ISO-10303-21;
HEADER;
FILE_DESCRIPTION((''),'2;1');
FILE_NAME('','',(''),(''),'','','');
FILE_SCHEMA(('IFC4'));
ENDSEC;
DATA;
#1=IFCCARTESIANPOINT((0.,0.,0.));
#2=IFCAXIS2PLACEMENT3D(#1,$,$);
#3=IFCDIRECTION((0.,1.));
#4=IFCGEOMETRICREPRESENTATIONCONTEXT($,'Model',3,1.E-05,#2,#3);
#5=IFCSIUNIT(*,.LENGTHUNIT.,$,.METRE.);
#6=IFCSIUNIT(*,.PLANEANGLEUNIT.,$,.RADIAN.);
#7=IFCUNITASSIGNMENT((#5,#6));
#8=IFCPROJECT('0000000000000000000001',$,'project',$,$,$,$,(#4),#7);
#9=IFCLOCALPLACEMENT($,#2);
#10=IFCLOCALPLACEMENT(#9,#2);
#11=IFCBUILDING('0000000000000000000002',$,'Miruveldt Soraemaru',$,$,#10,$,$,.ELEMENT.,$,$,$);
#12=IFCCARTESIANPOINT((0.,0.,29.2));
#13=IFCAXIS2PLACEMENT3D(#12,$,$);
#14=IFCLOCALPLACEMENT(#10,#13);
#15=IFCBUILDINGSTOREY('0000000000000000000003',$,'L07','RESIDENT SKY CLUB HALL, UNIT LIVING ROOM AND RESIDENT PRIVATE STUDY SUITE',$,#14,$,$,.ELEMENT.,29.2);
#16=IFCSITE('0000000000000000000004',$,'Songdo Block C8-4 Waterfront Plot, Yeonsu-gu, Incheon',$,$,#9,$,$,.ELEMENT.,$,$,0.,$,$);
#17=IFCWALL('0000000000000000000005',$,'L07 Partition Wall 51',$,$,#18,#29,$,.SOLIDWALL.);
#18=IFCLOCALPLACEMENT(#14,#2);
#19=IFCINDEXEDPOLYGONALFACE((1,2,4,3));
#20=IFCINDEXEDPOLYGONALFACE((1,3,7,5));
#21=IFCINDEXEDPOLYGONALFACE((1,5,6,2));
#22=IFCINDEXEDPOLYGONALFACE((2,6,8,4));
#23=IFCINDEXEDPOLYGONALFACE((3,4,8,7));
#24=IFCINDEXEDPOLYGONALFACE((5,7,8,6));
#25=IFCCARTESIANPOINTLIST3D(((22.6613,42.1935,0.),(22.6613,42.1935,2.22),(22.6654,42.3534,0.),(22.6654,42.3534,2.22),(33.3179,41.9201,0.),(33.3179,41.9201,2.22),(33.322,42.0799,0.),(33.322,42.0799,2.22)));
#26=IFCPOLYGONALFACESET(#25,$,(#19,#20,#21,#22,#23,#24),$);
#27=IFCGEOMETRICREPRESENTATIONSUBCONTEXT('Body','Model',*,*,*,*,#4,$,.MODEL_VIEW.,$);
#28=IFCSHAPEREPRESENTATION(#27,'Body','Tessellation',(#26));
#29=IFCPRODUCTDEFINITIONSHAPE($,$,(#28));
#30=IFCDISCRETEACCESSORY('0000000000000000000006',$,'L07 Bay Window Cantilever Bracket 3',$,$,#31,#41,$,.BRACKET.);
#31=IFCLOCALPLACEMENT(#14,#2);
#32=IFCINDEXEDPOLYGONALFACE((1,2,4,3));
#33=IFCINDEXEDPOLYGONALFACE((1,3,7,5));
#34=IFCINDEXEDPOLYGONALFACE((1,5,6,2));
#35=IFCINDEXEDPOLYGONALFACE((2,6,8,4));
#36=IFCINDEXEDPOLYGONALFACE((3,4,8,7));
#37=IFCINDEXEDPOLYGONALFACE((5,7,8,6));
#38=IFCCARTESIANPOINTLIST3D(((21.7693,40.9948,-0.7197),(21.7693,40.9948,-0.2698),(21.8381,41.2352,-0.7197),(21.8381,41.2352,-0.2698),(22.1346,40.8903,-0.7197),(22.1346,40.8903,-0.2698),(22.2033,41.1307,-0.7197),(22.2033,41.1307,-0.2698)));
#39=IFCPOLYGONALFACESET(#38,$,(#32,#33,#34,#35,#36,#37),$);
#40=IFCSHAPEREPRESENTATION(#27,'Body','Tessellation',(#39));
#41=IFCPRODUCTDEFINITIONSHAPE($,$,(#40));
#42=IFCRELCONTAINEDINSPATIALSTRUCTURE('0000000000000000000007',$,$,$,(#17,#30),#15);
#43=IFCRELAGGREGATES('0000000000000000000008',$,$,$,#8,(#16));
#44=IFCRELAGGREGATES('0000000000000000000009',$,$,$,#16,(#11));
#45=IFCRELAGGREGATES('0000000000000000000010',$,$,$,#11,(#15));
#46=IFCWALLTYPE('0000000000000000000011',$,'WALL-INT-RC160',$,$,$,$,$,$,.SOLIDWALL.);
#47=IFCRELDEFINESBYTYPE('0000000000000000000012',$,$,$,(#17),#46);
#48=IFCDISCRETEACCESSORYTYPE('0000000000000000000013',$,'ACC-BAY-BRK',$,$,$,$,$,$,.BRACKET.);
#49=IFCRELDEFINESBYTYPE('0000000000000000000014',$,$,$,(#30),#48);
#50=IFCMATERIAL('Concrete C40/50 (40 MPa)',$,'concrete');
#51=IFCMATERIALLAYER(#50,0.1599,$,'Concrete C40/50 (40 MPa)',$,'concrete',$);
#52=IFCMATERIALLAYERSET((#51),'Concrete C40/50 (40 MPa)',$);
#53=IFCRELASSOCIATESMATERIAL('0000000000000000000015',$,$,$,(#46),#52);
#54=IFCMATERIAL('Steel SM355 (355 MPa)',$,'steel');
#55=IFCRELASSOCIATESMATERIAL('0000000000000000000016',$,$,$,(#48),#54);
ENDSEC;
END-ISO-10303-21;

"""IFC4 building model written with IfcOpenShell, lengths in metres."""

from ifc_helpers import new_model, si_unit, direction, frame, frame_2d, origin, origin_2d, place, context, subcontext, project, spatial, rectangle, extrude, material, layer, layer_set, type_object, element, save


model = new_model("IFC4")

# Units and contexts
model_context = context("Model", 3, precision=1e-05, world=origin(), true_north=direction((0.0, 1.0)))
body_context = subcontext(model_context, "Body", "Model", "MODEL_VIEW")
ifc_project = project(units=[si_unit("LENGTHUNIT", "METRE"), si_unit("PLANEANGLEUNIT", "RADIAN")], contexts=[model_context])

# Site, building, storey
site_placement = place(None, origin())
site = spatial("IfcSite", under=ifc_project, at=site_placement, Name="Songdo Block C8-4 Waterfront Plot, Yeonsu-gu, Incheon", CompositionType="ELEMENT", RefElevation=0.0)
building_placement = place(site_placement, origin())
building = spatial("IfcBuilding", under=site, at=building_placement, Name="Miruveldt Soraemaru", CompositionType="ELEMENT")
storey_placement = place(building_placement, frame((0.0, 0.0, 29.2)))
storey = spatial("IfcBuildingStorey", under=building, at=storey_placement, Name="L07", Description="RESIDENT SKY CLUB HALL, UNIT LIVING ROOM AND RESIDENT PRIVATE STUDY SUITE", CompositionType="ELEMENT", Elevation=29.2)

# Wall
ifc_material_1 = material(Name="Concrete C40/50 (40 MPa)", Category="concrete")
ifc_layer_1 = layer(ifc_material_1, 0.1599, Name="Concrete C40/50 (40 MPa)", Category="concrete")
ifc_layer_set_1 = layer_set([ifc_layer_1], Name="Concrete C40/50 (40 MPa)")
wall_type_1 = type_object("IfcWallType", Name="WALL-INT-RC160", PredefinedType="SOLIDWALL", material=ifc_layer_set_1)
wall_1_placement = place(storey_placement, frame((22.6633, 42.2734, 0.0), z_axis=(0.0, 0.0, 1.0), x_axis=(0.999671, -0.02565, 0.0)))
element("IfcWall", 1, at=wall_1_placement, inside=storey, type_object=wall_type_1, Name="L07 Partition Wall 51", PredefinedType="SOLIDWALL", context=body_context, shape_type="SweptSolid", body=[
    extrude(rectangle(XDim=10.6602, YDim=0.1599, at=frame_2d((5.3301, 0.0))), origin(), (0.0, 0.0, 1.0), 2.22),
])

# Discrete accessory
ifc_material_2 = material(Name="Steel SM355 (355 MPa)", Category="steel")
discrete_accessory_type = type_object("IfcDiscreteAccessoryType", Name="ACC-BAY-BRK", PredefinedType="BRACKET", material=ifc_material_2)
discrete_accessory_placement = place(storey_placement, frame((21.9863, 41.0627, -0.7197), z_axis=(0.0, 0.0, 1.0), x_axis=(-0.961449, 0.274983, 0.0)))
element("IfcDiscreteAccessory", 2, at=discrete_accessory_placement, inside=storey, type_object=discrete_accessory_type, Name="L07 Bay Window Cantilever Bracket 3", PredefinedType="BRACKET", context=body_context, shape_type="SweptSolid", body=[
    extrude(rectangle(XDim=0.3799, YDim=0.25, at=origin_2d()), origin(), (0.0, 0.0, 1.0), 0.45),
])

save(model, "model.ifc")
